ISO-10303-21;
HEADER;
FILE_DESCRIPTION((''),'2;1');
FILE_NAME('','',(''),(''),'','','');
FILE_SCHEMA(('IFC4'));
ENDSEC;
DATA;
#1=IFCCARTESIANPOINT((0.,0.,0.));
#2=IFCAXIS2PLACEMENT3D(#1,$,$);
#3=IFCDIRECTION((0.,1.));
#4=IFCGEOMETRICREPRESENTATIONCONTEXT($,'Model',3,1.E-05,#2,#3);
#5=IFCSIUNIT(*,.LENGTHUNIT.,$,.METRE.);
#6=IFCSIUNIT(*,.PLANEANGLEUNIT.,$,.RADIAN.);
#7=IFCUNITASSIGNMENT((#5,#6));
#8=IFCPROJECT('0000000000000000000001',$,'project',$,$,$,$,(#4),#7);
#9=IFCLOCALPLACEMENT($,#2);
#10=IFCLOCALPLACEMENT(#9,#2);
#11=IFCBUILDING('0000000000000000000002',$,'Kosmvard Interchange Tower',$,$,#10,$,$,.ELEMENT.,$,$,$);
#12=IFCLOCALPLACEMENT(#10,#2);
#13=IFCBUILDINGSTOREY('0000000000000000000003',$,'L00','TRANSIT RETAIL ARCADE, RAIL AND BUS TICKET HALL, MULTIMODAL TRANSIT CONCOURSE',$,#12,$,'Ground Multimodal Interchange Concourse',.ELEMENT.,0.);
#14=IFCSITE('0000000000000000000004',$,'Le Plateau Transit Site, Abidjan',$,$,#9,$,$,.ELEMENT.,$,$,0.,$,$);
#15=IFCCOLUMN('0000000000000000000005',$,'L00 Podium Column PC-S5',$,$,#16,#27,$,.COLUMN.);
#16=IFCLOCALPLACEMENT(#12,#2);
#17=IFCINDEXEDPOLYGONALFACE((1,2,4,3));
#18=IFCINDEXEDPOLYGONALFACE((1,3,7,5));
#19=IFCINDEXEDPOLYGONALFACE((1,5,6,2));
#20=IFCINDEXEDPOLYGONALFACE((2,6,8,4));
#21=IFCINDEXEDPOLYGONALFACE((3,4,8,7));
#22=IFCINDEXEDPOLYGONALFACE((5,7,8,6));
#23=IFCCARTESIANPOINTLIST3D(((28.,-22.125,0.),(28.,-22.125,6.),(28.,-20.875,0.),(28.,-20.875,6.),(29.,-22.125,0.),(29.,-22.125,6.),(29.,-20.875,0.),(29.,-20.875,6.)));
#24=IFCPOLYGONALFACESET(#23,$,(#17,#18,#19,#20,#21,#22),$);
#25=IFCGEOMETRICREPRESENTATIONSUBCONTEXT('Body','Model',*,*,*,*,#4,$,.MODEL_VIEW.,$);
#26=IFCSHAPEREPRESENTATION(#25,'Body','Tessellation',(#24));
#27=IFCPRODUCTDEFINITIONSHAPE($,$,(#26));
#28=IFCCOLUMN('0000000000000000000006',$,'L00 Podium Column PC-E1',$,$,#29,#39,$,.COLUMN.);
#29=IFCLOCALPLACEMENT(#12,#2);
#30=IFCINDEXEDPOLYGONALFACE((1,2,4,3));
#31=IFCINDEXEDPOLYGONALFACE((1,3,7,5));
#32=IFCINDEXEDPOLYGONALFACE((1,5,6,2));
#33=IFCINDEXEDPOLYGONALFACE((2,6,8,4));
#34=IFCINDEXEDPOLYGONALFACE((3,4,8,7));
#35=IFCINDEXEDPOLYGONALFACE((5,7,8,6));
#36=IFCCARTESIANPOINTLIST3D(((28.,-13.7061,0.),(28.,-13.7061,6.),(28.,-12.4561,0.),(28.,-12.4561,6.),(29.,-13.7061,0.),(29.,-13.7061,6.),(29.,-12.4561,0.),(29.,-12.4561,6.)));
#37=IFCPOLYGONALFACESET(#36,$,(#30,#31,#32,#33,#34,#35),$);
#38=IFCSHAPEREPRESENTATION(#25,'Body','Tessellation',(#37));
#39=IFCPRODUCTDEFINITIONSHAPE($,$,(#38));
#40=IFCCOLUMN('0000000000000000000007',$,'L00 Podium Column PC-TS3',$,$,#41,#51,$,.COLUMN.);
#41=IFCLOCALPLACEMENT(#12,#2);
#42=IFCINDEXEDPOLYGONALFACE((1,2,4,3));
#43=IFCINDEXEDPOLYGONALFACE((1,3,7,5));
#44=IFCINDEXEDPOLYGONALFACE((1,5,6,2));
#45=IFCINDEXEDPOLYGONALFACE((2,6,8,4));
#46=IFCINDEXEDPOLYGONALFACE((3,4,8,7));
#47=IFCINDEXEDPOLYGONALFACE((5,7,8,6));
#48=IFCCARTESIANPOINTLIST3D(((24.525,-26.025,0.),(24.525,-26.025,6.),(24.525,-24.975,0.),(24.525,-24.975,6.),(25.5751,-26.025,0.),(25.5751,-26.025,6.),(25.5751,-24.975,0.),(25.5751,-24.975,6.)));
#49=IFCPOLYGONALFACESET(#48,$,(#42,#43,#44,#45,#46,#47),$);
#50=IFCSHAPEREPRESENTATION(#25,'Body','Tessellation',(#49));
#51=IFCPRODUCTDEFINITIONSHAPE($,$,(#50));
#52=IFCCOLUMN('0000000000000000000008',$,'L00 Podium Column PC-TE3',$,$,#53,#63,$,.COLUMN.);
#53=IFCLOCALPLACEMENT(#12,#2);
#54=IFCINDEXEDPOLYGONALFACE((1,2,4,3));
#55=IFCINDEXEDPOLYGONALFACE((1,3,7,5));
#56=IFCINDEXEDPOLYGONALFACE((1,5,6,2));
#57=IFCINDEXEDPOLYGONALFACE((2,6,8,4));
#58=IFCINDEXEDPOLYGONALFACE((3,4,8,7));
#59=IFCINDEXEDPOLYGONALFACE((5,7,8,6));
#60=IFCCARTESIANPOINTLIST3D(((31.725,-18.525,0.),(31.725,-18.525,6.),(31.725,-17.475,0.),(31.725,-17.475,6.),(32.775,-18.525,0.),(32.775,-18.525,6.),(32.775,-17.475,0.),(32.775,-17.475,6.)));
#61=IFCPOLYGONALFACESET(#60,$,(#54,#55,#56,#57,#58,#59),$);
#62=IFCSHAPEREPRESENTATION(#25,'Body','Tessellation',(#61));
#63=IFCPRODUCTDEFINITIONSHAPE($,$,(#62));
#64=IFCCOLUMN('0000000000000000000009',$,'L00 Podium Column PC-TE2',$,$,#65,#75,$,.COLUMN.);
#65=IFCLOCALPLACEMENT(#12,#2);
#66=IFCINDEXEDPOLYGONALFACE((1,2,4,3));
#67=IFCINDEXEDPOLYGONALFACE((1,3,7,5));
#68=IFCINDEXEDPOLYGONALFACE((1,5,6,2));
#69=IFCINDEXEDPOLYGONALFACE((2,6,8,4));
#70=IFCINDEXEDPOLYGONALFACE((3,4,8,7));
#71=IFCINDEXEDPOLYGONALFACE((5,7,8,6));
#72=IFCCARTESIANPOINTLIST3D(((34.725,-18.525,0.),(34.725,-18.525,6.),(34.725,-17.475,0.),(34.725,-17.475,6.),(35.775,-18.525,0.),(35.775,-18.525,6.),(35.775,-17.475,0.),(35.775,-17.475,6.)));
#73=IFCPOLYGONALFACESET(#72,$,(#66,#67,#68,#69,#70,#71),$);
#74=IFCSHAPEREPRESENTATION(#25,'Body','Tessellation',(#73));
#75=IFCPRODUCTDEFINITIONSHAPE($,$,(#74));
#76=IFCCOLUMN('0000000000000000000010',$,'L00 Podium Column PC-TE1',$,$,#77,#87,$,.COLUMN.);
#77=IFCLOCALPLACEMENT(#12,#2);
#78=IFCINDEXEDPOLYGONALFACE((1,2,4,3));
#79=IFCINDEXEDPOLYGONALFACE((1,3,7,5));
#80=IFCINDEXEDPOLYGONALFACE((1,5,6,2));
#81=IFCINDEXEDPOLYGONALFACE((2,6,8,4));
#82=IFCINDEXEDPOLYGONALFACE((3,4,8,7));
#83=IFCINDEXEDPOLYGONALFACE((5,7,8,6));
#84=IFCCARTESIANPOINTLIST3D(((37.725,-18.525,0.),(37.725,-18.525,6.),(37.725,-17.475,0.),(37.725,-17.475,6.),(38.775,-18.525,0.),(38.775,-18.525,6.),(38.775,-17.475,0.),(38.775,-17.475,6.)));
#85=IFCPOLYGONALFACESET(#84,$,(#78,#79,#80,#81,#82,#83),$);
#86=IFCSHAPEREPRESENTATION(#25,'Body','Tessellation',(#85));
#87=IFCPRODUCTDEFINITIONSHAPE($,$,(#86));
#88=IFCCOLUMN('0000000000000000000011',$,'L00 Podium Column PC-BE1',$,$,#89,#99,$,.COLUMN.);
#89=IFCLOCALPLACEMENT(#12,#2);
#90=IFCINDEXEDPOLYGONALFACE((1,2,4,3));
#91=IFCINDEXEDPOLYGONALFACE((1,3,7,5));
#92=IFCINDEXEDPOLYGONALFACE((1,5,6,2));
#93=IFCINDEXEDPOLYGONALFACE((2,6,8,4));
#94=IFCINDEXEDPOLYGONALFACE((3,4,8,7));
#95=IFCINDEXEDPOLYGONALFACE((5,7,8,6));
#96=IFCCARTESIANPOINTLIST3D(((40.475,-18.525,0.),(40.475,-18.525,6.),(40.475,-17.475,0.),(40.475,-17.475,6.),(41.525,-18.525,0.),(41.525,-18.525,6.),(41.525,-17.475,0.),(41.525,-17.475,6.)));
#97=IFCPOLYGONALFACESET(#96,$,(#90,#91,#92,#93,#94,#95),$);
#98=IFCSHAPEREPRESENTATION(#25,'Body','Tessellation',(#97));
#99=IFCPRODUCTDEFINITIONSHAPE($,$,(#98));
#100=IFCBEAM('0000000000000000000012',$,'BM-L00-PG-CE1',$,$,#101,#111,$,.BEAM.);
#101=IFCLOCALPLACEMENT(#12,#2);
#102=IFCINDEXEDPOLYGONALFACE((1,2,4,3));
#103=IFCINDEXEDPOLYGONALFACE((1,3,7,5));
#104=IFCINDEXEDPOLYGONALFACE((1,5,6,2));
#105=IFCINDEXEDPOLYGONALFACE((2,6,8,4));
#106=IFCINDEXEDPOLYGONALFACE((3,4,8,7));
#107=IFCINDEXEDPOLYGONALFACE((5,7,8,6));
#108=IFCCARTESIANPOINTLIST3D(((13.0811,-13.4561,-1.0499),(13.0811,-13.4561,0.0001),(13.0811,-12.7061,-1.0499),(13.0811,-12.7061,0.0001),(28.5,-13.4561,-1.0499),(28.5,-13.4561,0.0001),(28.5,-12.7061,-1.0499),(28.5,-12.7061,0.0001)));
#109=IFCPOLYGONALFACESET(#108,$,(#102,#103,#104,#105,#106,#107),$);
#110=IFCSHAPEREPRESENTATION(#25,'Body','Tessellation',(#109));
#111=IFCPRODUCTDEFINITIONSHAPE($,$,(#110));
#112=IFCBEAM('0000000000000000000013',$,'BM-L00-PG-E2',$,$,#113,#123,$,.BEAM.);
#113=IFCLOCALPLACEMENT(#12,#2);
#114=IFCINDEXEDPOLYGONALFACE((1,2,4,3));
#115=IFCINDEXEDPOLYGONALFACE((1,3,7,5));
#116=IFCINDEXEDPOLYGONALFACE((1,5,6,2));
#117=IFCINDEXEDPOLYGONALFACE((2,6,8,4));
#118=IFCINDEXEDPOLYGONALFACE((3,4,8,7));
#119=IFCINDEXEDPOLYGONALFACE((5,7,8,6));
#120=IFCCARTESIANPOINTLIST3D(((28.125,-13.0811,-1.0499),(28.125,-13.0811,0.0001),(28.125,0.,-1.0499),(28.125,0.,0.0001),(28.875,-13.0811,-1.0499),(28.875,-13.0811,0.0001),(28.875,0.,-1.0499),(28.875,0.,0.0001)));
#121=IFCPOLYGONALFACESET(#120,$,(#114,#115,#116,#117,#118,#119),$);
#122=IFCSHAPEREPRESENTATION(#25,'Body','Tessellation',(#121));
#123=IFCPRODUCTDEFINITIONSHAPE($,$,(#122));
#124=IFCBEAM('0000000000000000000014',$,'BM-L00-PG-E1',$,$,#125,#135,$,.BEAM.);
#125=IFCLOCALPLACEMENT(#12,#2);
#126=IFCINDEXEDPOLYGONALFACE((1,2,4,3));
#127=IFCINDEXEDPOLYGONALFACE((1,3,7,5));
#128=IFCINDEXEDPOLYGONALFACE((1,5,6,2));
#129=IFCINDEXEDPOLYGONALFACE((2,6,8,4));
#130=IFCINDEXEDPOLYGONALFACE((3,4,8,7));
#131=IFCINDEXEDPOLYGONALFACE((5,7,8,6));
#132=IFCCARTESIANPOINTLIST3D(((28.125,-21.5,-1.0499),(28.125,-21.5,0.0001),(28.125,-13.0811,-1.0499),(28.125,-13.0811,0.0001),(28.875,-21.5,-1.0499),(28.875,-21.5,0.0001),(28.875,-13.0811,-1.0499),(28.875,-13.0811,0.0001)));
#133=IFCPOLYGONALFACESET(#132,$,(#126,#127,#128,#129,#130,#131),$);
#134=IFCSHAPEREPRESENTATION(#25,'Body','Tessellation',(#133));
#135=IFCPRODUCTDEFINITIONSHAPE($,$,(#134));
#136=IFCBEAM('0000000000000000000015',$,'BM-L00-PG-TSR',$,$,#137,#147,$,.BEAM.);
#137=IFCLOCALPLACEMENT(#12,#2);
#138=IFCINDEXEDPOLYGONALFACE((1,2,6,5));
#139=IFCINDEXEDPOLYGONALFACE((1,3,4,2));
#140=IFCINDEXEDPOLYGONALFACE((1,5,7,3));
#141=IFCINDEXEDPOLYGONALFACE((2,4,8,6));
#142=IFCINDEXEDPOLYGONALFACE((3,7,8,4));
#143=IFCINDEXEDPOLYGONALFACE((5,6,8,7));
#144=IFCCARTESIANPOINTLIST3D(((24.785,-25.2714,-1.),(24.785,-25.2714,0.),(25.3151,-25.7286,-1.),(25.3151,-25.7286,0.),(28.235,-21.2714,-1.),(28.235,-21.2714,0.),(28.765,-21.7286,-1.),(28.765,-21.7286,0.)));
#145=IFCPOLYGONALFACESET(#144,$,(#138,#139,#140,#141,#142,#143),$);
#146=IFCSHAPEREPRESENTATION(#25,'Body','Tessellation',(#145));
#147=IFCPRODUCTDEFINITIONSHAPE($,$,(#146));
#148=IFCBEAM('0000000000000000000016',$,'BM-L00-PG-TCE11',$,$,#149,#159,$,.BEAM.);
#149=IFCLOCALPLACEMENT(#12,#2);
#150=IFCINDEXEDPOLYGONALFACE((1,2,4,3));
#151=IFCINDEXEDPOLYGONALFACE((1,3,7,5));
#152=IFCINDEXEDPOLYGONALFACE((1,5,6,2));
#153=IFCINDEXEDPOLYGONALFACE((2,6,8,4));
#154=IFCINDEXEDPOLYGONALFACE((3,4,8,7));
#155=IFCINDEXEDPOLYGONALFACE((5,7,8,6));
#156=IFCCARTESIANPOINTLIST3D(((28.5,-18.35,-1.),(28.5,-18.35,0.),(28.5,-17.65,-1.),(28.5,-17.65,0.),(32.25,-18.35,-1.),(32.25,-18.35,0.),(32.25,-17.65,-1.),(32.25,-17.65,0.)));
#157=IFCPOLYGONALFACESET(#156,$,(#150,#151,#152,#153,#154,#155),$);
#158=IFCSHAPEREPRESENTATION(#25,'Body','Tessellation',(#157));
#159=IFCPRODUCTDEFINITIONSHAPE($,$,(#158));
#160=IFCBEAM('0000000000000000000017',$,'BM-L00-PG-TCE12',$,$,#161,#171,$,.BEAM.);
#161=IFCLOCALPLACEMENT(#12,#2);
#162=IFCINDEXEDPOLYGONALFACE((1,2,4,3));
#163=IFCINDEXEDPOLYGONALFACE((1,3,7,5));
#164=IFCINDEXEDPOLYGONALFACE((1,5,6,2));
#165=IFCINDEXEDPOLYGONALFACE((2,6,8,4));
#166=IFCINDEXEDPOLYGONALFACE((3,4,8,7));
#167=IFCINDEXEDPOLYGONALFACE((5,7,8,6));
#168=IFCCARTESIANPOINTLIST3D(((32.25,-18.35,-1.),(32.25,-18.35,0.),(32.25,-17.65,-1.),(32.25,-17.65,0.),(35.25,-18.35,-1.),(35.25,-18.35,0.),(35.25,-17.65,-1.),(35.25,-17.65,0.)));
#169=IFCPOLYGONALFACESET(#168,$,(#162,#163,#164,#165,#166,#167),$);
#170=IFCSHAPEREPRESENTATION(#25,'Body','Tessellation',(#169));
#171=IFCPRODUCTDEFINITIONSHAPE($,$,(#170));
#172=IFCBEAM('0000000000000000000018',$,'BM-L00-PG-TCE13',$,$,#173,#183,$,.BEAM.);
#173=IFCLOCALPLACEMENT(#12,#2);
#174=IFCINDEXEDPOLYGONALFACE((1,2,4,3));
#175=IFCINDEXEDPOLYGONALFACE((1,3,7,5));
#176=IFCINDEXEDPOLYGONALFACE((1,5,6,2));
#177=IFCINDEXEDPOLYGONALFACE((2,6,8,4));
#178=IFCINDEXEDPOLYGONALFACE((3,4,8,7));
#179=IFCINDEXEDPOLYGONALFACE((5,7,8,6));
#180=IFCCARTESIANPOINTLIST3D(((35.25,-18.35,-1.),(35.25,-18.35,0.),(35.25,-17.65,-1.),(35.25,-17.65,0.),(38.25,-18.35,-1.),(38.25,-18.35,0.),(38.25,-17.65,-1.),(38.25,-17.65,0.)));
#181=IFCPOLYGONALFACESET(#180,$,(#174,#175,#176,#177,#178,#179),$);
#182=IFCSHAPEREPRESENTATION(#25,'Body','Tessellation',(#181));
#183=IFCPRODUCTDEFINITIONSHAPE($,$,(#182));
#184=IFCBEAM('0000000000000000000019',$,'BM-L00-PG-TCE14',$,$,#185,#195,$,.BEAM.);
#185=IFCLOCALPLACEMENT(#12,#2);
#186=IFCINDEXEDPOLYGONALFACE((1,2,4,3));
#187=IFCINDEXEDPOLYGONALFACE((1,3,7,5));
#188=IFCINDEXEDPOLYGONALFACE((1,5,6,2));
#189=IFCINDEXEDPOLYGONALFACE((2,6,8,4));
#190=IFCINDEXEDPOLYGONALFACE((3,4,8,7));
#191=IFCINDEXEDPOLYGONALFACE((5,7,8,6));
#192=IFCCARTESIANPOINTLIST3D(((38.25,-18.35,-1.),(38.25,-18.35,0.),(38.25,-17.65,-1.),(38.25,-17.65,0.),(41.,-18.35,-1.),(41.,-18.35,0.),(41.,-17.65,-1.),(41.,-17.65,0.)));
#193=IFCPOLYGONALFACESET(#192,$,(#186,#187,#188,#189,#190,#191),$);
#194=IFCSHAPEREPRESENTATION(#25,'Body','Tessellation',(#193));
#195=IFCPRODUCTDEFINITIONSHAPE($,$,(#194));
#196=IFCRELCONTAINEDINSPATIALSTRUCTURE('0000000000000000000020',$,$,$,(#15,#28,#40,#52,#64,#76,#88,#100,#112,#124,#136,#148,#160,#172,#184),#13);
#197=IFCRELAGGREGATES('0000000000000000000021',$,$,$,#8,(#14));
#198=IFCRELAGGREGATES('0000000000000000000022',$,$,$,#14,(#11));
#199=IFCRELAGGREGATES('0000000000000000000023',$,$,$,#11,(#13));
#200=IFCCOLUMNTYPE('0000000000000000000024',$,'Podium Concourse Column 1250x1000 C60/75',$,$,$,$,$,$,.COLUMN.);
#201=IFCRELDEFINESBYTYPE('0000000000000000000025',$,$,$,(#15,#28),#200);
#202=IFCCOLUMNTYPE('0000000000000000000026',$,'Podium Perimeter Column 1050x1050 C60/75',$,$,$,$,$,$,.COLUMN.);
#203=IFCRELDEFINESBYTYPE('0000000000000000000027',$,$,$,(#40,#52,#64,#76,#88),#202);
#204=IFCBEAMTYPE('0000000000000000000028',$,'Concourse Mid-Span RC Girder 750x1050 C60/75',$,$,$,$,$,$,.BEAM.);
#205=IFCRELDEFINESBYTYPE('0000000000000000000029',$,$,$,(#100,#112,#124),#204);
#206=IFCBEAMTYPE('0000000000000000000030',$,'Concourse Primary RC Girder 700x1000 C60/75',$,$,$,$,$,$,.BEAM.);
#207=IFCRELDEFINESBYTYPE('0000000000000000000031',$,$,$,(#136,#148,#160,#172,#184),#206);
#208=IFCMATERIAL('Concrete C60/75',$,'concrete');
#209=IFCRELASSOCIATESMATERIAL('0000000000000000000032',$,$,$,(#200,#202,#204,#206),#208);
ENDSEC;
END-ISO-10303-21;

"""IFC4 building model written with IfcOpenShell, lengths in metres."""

from ifc_helpers import new_model, si_unit, direction, frame, origin, origin_2d, place, context, subcontext, project, spatial, rectangle, extrude, source, transform, mapped, material, material_profile, profile_set, type_object, element, save


model = new_model("IFC4")

# Units and contexts
model_context = context("Model", 3, precision=1e-05, world=origin(), true_north=direction((0.0, 1.0)))
body_context = subcontext(model_context, "Body", "Model", "MODEL_VIEW")
ifc_project = project(units=[si_unit("LENGTHUNIT", "METRE"), si_unit("PLANEANGLEUNIT", "RADIAN")], contexts=[model_context])

# Site, building, storey
site_placement = place(None, origin())
site = spatial("IfcSite", under=ifc_project, at=site_placement, Name="Le Plateau Transit Site, Abidjan", CompositionType="ELEMENT", RefElevation=0.0)
building_placement = place(site_placement, origin())
building = spatial("IfcBuilding", under=site, at=building_placement, Name="Kosmvard Interchange Tower", CompositionType="ELEMENT")
storey_placement = place(building_placement, origin())
storey = spatial("IfcBuildingStorey", under=building, at=storey_placement, Name="L00", Description="TRANSIT RETAIL ARCADE, RAIL AND BUS TICKET HALL, MULTIMODAL TRANSIT CONCOURSE", LongName="Ground Multimodal Interchange Concourse", CompositionType="ELEMENT", Elevation=0.0)

# Columns
ifc_material_1 = material(Name="Concrete C60/75", Category="concrete")
ifc_material_profile_1 = material_profile(ifc_material_1, rectangle(XDim=1.0, YDim=1.25, at=origin_2d()), Name="PC 1250x1000")
ifc_profile_set_1 = profile_set([ifc_material_profile_1], Name="Concrete C60/75")
column_type_1 = type_object("IfcColumnType", Name="Podium Concourse Column 1250x1000 C60/75", PredefinedType="COLUMN", material=ifc_profile_set_1)
shared_shape_1 = source(origin(), body_context, "Body", "SweptSolid", [
    extrude(rectangle(XDim=1.0, YDim=1.25, at=origin_2d()), origin(), (0.0, 0.0, 1.0), 6.0),
])
for number, where, z_axis, x_axis, name in (
    (1, (28.5, -21.5, 0.0), (0.0, 0.0, 1.0), (1.0, 0.0, 0.0), "L00 Podium Column PC-S5"),
    (2, (28.5, -13.0811, 0.0), (0.0, 0.0, 1.0), (1.0, 0.0, 0.0), "L00 Podium Column PC-E1"),
):
    element("IfcColumn", number, at=place(storey_placement, frame(where, z_axis=z_axis, x_axis=x_axis)), inside=storey, type_object=column_type_1, Name=name, PredefinedType="COLUMN", context=body_context, shape_type="MappedRepresentation", body=[
        mapped(shared_shape_1, transform((0.0, 0.0, 0.0), scale=1.0)),
    ])
ifc_material_profile_2 = material_profile(ifc_material_1, rectangle(XDim=1.05, YDim=1.05, at=origin_2d()), Name="PC 1050x1050")
ifc_profile_set_2 = profile_set([ifc_material_profile_2], Name="Concrete C60/75")
column_type_2 = type_object("IfcColumnType", Name="Podium Perimeter Column 1050x1050 C60/75", PredefinedType="COLUMN", material=ifc_profile_set_2)
shared_shape_2 = source(origin(), body_context, "Body", "SweptSolid", [
    extrude(rectangle(XDim=1.05, YDim=1.05, at=origin_2d()), origin(), (0.0, 0.0, 1.0), 6.0),
])
for number, where, z_axis, x_axis, name in (
    (3, (25.05, -25.5, 0.0), (0.0, 0.0, 1.0), (1.0, 0.0, 0.0), "L00 Podium Column PC-TS3"),
    (4, (32.25, -18.0, 0.0), (0.0, 0.0, 1.0), (1.0, 0.0, 0.0), "L00 Podium Column PC-TE3"),
    (5, (35.25, -18.0, 0.0), (0.0, 0.0, 1.0), (1.0, 0.0, 0.0), "L00 Podium Column PC-TE2"),
    (6, (38.25, -18.0, 0.0), (0.0, 0.0, 1.0), (1.0, 0.0, 0.0), "L00 Podium Column PC-TE1"),
    (7, (41.0, -18.0, 0.0), (0.0, 0.0, 1.0), (1.0, 0.0, 0.0), "L00 Podium Column PC-BE1"),
):
    element("IfcColumn", number, at=place(storey_placement, frame(where, z_axis=z_axis, x_axis=x_axis)), inside=storey, type_object=column_type_2, Name=name, PredefinedType="COLUMN", context=body_context, shape_type="MappedRepresentation", body=[
        mapped(shared_shape_2, transform((0.0, 0.0, 0.0), scale=1.0)),
    ])

# Beams
ifc_material_profile_3 = material_profile(ifc_material_1, rectangle(XDim=0.75, YDim=1.05, at=origin_2d()), Name="RCG 750x1050")
ifc_profile_set_3 = profile_set([ifc_material_profile_3], Name="Concrete C60/75")
beam_type_1 = type_object("IfcBeamType", Name="Concourse Mid-Span RC Girder 750x1050 C60/75", PredefinedType="BEAM", material=ifc_profile_set_3)
shared_shape_3 = source(origin(), body_context, "Body", "SweptSolid", [
    extrude(rectangle(XDim=0.75, YDim=1.05, at=origin_2d()), origin(), (0.0, 0.0, 1.0), 15.4189),
])
beam_1_placement = place(storey_placement, frame((28.5, -13.0811, -0.5249), z_axis=(-1.0, 0.0, 0.0), x_axis=(0.0, -1.0, 0.0)))
element("IfcBeam", 8, at=beam_1_placement, inside=storey, type_object=beam_type_1, Name="BM-L00-PG-CE1", PredefinedType="BEAM", context=body_context, shape_type="MappedRepresentation", body=[
    mapped(shared_shape_3, transform((0.0, 0.0, 0.0), scale=1.0)),
])
shared_shape_4 = source(origin(), body_context, "Body", "SweptSolid", [
    extrude(rectangle(XDim=0.75, YDim=1.05, at=origin_2d()), origin(), (0.0, 0.0, 1.0), 13.0811),
])
beam_2_placement = place(storey_placement, frame((28.5, -13.0811, -0.5249), z_axis=(0.0, 1.0, 0.0), x_axis=(-1.0, 0.0, 0.0)))
element("IfcBeam", 9, at=beam_2_placement, inside=storey, type_object=beam_type_1, Name="BM-L00-PG-E2", PredefinedType="BEAM", context=body_context, shape_type="MappedRepresentation", body=[
    mapped(shared_shape_4, transform((0.0, 0.0, 0.0), scale=1.0)),
])
shared_shape_5 = source(origin(), body_context, "Body", "SweptSolid", [
    extrude(rectangle(XDim=0.75, YDim=1.05, at=origin_2d()), origin(), (0.0, 0.0, 1.0), 8.4189),
])
beam_3_placement = place(storey_placement, frame((28.5, -21.5, -0.5249), z_axis=(0.0, 1.0, 0.0), x_axis=(-1.0, 0.0, 0.0)))
element("IfcBeam", 10, at=beam_3_placement, inside=storey, type_object=beam_type_1, Name="BM-L00-PG-E1", PredefinedType="BEAM", context=body_context, shape_type="MappedRepresentation", body=[
    mapped(shared_shape_5, transform((0.0, 0.0, 0.0), scale=1.0)),
])
ifc_material_profile_4 = material_profile(ifc_material_1, rectangle(XDim=0.7, YDim=1.0, at=origin_2d()), Name="RCG 700x1000")
ifc_profile_set_4 = profile_set([ifc_material_profile_4], Name="Concrete C60/75")
beam_type_2 = type_object("IfcBeamType", Name="Concourse Primary RC Girder 700x1000 C60/75", PredefinedType="BEAM", material=ifc_profile_set_4)
shared_shape_6 = source(origin(), body_context, "Body", "SweptSolid", [
    extrude(rectangle(XDim=0.7, YDim=1.0, at=origin_2d()), origin(), (0.0, 0.0, 1.0), 5.2822),
])
beam_4_placement = place(storey_placement, frame((25.05, -25.5, -0.5), z_axis=(0.653122, 0.757253, 0.0), x_axis=(-0.757253, 0.653122, 0.0)))
element("IfcBeam", 11, at=beam_4_placement, inside=storey, type_object=beam_type_2, Name="BM-L00-PG-TSR", PredefinedType="BEAM", context=body_context, shape_type="MappedRepresentation", body=[
    mapped(shared_shape_6, transform((0.0, 0.0, 0.0), scale=1.0)),
])
shared_shape_7 = source(origin(), body_context, "Body", "SweptSolid", [
    extrude(rectangle(XDim=0.7, YDim=1.0, at=origin_2d()), origin(), (0.0, 0.0, 1.0), 3.75),
])
beam_5_placement = place(storey_placement, frame((28.5, -18.0, -0.5), z_axis=(1.0, 0.0, 0.0), x_axis=(0.0, 1.0, 0.0)))
element("IfcBeam", 12, at=beam_5_placement, inside=storey, type_object=beam_type_2, Name="BM-L00-PG-TCE11", PredefinedType="BEAM", context=body_context, shape_type="MappedRepresentation", body=[
    mapped(shared_shape_7, transform((0.0, 0.0, 0.0), scale=1.0)),
])
shared_shape_8 = source(origin(), body_context, "Body", "SweptSolid", [
    extrude(rectangle(XDim=0.7, YDim=1.0, at=origin_2d()), origin(), (0.0, 0.0, 1.0), 3.0),
])
for number, where, z_axis, x_axis, name in (
    (13, (32.25, -18.0, -0.5), (1.0, 0.0, 0.0), (0.0, 1.0, 0.0), "BM-L00-PG-TCE12"),
    (14, (35.25, -18.0, -0.5), (1.0, 0.0, 0.0), (0.0, 1.0, 0.0), "BM-L00-PG-TCE13"),
):
    element("IfcBeam", number, at=place(storey_placement, frame(where, z_axis=z_axis, x_axis=x_axis)), inside=storey, type_object=beam_type_2, Name=name, PredefinedType="BEAM", context=body_context, shape_type="MappedRepresentation", body=[
        mapped(shared_shape_8, transform((0.0, 0.0, 0.0), scale=1.0)),
    ])
shared_shape_9 = source(origin(), body_context, "Body", "SweptSolid", [
    extrude(rectangle(XDim=0.7, YDim=1.0, at=origin_2d()), origin(), (0.0, 0.0, 1.0), 2.75),
])
beam_6_placement = place(storey_placement, frame((38.25, -18.0, -0.5), z_axis=(1.0, 0.0, 0.0), x_axis=(0.0, 1.0, 0.0)))
element("IfcBeam", 15, at=beam_6_placement, inside=storey, type_object=beam_type_2, Name="BM-L00-PG-TCE14", PredefinedType="BEAM", context=body_context, shape_type="MappedRepresentation", body=[
    mapped(shared_shape_9, transform((0.0, 0.0, 0.0), scale=1.0)),
])

save(model, "model.ifc")
